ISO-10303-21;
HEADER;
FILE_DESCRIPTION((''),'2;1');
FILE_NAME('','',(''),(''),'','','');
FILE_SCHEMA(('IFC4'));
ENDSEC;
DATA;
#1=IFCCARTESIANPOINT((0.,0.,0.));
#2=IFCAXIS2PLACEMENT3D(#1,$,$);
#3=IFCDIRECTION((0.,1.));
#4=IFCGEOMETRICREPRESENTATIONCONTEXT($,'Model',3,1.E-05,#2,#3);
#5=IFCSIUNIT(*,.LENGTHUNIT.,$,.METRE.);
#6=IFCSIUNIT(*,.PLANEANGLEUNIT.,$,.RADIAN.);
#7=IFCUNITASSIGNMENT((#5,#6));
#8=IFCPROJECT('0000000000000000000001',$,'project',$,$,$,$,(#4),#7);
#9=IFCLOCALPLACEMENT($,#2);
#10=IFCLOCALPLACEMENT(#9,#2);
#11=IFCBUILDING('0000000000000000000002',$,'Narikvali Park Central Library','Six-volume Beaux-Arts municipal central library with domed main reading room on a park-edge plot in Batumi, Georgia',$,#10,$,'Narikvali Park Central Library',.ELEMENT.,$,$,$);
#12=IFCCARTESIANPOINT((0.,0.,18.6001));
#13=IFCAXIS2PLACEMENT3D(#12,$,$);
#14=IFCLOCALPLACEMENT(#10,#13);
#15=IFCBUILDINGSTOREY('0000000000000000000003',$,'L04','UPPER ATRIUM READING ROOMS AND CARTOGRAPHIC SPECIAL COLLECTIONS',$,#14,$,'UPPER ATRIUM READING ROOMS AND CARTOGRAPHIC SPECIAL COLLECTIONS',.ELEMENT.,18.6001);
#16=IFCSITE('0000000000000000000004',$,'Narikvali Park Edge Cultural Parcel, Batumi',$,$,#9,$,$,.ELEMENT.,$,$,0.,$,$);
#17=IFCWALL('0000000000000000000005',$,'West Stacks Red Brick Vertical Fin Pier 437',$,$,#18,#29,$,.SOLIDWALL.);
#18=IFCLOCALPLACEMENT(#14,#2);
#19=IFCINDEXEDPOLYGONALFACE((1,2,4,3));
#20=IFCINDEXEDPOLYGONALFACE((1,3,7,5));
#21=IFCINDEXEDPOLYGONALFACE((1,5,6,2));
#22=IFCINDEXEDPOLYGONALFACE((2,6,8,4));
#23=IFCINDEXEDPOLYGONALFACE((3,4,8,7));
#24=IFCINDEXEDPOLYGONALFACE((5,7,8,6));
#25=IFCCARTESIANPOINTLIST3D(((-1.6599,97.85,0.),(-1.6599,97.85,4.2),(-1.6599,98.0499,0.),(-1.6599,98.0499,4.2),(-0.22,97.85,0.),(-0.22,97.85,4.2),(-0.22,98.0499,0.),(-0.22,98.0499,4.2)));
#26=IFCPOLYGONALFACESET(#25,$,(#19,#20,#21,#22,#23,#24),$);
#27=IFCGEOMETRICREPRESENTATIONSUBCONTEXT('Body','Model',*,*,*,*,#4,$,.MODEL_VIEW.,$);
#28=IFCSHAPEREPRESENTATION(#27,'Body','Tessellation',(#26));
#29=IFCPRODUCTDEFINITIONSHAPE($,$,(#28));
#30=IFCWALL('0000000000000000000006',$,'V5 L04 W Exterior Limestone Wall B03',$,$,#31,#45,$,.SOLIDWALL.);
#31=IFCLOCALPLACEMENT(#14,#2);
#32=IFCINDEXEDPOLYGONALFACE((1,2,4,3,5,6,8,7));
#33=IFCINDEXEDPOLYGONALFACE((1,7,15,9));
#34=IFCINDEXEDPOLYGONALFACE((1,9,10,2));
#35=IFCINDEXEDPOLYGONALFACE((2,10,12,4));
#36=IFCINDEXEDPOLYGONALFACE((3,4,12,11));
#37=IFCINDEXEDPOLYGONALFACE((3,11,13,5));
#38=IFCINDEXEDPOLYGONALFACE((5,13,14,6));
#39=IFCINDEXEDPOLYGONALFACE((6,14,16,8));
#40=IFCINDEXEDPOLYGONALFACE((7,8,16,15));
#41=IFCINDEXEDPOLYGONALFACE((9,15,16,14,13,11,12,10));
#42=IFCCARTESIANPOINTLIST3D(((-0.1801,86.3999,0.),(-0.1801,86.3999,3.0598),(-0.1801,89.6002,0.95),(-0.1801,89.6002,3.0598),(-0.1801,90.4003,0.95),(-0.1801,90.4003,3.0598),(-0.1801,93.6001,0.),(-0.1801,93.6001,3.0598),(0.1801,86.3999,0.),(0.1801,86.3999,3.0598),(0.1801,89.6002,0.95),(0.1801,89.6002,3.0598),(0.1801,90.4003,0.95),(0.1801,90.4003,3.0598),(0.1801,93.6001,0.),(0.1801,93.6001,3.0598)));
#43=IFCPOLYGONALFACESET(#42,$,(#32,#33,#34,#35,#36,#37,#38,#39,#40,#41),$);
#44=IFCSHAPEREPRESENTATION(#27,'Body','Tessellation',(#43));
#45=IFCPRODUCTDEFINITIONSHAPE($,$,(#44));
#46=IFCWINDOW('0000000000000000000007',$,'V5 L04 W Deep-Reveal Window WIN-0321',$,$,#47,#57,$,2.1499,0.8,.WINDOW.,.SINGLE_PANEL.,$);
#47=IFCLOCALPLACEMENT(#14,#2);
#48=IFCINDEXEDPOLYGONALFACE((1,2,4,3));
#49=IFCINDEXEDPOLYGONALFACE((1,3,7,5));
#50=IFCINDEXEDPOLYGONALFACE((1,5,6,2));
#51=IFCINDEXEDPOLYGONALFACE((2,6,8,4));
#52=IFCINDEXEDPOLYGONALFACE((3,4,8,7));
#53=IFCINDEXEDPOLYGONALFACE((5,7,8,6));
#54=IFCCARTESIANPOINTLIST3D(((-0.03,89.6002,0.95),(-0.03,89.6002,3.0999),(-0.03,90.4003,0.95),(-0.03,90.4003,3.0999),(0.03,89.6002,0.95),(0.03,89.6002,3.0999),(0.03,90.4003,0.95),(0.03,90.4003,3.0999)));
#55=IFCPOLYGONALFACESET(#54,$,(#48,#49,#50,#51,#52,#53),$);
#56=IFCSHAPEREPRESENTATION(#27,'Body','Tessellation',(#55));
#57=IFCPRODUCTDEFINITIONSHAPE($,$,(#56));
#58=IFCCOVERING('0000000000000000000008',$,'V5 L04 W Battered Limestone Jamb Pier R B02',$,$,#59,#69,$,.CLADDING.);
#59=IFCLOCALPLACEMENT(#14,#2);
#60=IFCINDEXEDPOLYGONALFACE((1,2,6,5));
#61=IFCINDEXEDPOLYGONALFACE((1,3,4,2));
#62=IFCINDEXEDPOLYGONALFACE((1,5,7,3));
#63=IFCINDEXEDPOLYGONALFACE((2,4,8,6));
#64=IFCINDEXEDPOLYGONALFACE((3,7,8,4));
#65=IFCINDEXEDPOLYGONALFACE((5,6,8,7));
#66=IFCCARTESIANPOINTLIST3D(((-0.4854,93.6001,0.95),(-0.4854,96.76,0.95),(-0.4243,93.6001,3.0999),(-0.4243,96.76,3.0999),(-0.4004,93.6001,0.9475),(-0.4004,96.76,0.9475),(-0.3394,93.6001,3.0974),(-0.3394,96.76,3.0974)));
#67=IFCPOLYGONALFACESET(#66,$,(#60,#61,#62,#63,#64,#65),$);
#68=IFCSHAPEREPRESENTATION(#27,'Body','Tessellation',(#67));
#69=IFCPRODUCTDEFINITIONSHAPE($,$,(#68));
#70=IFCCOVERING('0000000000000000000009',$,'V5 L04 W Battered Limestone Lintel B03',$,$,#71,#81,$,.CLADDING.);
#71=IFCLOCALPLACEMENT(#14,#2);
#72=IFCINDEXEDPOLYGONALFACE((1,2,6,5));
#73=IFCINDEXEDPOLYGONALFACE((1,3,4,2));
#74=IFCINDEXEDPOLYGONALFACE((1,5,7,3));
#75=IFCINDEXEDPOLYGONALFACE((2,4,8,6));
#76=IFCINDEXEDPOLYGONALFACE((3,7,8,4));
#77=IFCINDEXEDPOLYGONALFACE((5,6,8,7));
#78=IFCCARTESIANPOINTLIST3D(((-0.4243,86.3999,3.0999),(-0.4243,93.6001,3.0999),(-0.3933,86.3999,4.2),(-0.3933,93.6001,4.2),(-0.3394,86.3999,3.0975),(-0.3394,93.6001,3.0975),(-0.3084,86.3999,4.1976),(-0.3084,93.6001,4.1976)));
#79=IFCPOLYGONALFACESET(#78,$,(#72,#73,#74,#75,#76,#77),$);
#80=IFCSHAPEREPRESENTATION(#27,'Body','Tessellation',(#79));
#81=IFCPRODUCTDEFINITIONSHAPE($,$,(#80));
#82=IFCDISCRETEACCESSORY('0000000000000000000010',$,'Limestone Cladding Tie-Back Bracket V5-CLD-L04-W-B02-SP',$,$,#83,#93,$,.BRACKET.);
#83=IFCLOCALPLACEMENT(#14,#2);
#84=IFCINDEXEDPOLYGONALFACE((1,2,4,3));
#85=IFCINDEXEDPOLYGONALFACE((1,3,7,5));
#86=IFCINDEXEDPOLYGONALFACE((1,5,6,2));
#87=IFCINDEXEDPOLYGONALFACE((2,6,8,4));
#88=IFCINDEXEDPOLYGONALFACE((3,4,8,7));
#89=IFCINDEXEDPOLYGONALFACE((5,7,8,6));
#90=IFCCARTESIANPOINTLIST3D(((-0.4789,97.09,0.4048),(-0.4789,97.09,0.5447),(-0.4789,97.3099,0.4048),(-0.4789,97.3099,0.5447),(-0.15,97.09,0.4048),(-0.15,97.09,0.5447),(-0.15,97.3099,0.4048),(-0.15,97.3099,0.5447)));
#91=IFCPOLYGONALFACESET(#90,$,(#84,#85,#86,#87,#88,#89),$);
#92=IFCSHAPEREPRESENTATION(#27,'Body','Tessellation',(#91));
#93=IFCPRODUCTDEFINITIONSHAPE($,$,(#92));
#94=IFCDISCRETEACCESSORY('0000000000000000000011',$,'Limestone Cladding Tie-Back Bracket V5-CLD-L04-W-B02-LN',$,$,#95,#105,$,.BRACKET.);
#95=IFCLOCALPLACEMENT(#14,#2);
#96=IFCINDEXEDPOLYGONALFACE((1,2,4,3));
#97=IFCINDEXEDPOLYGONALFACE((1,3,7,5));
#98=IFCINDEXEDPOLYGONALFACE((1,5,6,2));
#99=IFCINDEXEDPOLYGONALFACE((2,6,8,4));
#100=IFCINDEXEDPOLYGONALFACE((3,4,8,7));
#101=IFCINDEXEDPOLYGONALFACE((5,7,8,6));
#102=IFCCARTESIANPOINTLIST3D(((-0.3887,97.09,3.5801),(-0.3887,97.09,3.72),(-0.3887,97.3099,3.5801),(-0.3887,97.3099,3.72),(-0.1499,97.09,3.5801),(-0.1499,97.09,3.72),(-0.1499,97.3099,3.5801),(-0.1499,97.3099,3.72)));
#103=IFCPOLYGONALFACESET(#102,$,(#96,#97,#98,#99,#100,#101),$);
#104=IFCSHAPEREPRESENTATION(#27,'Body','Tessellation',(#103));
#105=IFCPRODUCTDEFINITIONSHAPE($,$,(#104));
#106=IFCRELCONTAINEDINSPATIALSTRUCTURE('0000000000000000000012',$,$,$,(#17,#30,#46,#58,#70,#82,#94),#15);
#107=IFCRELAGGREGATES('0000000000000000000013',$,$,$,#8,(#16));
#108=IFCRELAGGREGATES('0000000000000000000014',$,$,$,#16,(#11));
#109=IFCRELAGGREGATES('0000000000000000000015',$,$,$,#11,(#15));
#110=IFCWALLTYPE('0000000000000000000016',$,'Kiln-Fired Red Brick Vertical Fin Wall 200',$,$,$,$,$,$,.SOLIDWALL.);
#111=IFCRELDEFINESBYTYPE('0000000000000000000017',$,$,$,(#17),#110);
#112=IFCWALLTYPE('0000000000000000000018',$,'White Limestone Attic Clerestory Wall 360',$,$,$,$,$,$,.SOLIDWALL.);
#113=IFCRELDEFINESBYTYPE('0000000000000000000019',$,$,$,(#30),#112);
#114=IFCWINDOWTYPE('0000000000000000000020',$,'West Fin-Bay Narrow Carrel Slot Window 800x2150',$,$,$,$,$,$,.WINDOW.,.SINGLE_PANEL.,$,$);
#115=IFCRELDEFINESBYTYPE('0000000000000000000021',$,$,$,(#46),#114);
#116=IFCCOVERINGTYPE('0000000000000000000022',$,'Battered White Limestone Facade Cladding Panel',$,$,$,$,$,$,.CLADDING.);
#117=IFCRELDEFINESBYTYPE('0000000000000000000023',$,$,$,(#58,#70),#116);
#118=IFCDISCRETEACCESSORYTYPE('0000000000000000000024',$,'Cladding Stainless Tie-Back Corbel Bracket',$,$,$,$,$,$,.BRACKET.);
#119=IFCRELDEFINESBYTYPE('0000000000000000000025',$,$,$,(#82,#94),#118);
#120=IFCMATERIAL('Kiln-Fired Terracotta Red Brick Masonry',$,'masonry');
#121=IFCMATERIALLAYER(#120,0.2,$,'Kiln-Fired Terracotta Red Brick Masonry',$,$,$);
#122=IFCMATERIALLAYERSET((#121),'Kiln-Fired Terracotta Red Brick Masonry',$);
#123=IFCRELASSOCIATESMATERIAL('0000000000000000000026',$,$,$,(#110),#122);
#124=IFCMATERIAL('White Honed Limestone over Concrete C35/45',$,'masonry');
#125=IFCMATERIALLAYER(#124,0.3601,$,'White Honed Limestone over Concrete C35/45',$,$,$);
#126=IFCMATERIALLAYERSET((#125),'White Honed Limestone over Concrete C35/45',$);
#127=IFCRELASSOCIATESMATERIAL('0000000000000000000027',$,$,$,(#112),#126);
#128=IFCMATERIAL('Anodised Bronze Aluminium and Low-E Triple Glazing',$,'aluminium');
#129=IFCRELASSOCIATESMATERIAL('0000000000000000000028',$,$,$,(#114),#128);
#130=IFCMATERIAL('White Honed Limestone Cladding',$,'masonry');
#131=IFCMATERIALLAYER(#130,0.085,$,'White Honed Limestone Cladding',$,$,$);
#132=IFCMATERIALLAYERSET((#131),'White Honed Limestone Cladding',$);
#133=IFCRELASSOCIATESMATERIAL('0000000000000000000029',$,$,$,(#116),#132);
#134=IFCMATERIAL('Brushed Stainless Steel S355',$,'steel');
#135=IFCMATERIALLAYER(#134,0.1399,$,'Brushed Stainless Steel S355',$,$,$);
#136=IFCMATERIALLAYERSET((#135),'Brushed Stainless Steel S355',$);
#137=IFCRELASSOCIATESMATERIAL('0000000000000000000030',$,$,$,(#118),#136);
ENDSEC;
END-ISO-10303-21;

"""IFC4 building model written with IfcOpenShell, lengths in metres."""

from ifc_helpers import new_model, si_unit, direction, frame, frame_2d, origin, origin_2d, place, context, subcontext, project, spatial, polyline, rectangle, outline, extrude, material, layer, layer_set, type_object, element, fill, save


model = new_model("IFC4")

# Units and contexts
model_context = context("Model", 3, precision=1e-05, world=origin(), true_north=direction((0.0, 1.0)))
body_context = subcontext(model_context, "Body", "Model", "MODEL_VIEW")
ifc_project = project(units=[si_unit("LENGTHUNIT", "METRE"), si_unit("PLANEANGLEUNIT", "RADIAN")], contexts=[model_context])

# Site, building, storey
site_placement = place(None, origin())
site = spatial("IfcSite", under=ifc_project, at=site_placement, Name="Narikvali Park Edge Cultural Parcel, Batumi", CompositionType="ELEMENT", RefElevation=0.0)
building_placement = place(site_placement, origin())
building = spatial("IfcBuilding", under=site, at=building_placement, Name="Narikvali Park Central Library", Description="Six-volume Beaux-Arts municipal central library with domed main reading room on a park-edge plot in Batumi, Georgia", LongName="Narikvali Park Central Library", CompositionType="ELEMENT")
storey_placement = place(building_placement, frame((0.0, 0.0, 18.6001)))
storey = spatial("IfcBuildingStorey", under=building, at=storey_placement, Name="L04", Description="UPPER ATRIUM READING ROOMS AND CARTOGRAPHIC SPECIAL COLLECTIONS", LongName="UPPER ATRIUM READING ROOMS AND CARTOGRAPHIC SPECIAL COLLECTIONS", CompositionType="ELEMENT", Elevation=18.6001)

# Wall
ifc_material_1 = material(Name="Kiln-Fired Terracotta Red Brick Masonry", Category="masonry")
ifc_layer_1 = layer(ifc_material_1, 0.2, Name="Kiln-Fired Terracotta Red Brick Masonry")
ifc_layer_set_1 = layer_set([ifc_layer_1], Name="Kiln-Fired Terracotta Red Brick Masonry")
wall_type_1 = type_object("IfcWallType", Name="Kiln-Fired Red Brick Vertical Fin Wall 200", PredefinedType="SOLIDWALL", material=ifc_layer_set_1)
for number, where, z_axis, x_axis, name in (
    (1, (-1.6599, 97.95, 0.0), (0.0, 0.0, 1.0), (1.0, 0.0, 0.0), "West Stacks Red Brick Vertical Fin Pier 437"),
):
    element("IfcWall", number, at=place(storey_placement, frame(where, z_axis=z_axis, x_axis=x_axis)), inside=storey, type_object=wall_type_1, Name=name, PredefinedType="SOLIDWALL", context=body_context, shape_type="SweptSolid", body=[
        extrude(rectangle(XDim=1.4399, YDim=0.2, at=frame_2d((0.72, 0.0))), origin(), (0.0, 0.0, 1.0), 4.2),
    ])

# Wall, opening, window
ifc_material_2 = material(Name="White Honed Limestone over Concrete C35/45", Category="masonry")
ifc_layer_2 = layer(ifc_material_2, 0.3601, Name="White Honed Limestone over Concrete C35/45")
ifc_layer_set_2 = layer_set([ifc_layer_2], Name="White Honed Limestone over Concrete C35/45")
wall_type_2 = type_object("IfcWallType", Name="White Limestone Attic Clerestory Wall 360", PredefinedType="SOLIDWALL", material=ifc_layer_set_2)
wall_1_placement = place(storey_placement, frame((0.0, 93.6001, 0.0), z_axis=(0.0, 0.0, 1.0), x_axis=(0.0, -1.0, 0.0)))
wall_1 = element("IfcWall", 2, at=wall_1_placement, inside=storey, type_object=wall_type_2, Name="V5 L04 W Exterior Limestone Wall B03", PredefinedType="SOLIDWALL", context=body_context, shape_type="SweptSolid", body=[
    extrude(rectangle(XDim=7.2002, YDim=0.3601, at=frame_2d((3.6001, 0.0))), origin(), (0.0, 0.0, 1.0), 3.0598),
])
opening_placement = place(wall_1_placement, frame((3.2, 0.0, 0.95)))
opening = element("IfcOpeningElement", 3, at=opening_placement, cuts=wall_1, PredefinedType="OPENING", context=body_context, shape_type="SweptSolid", body=[
    extrude(rectangle(XDim=0.8, YDim=2.1499, at=frame_2d((0.3999, 1.075))), frame((0.0, 0.1919, 0.0), z_axis=(0.0, -1.0, 0.0), x_axis=(1.0, 0.0, 0.0)), (0.0, 0.0, 1.0), 0.384),
])
ifc_material_3 = material(Name="Anodised Bronze Aluminium and Low-E Triple Glazing", Category="aluminium")
window_type = type_object("IfcWindowType", Name="West Fin-Bay Narrow Carrel Slot Window 800x2150", PartitioningType="SINGLE_PANEL", PredefinedType="WINDOW", material=ifc_material_3)
window_placement = place(opening_placement, origin())
window = element("IfcWindow", 4, at=window_placement, inside=storey, type_object=window_type, Name="V5 L04 W Deep-Reveal Window WIN-0321", OverallHeight=2.1499, OverallWidth=0.8, PartitioningType="SINGLE_PANEL", PredefinedType="WINDOW", context=body_context, shape_type="SweptSolid", body=[
    extrude(rectangle(XDim=0.8, YDim=2.1499, at=frame_2d((0.3999, 1.075))), frame((0.0, 0.03, 0.0), z_axis=(0.0, -1.0, 0.0), x_axis=(1.0, 0.0, 0.0)), (0.0, 0.0, 1.0), 0.0601),
])
fill(opening, window)

# Coverings
ifc_material_4 = material(Name="White Honed Limestone Cladding", Category="masonry")
ifc_layer_3 = layer(ifc_material_4, 0.085, Name="White Honed Limestone Cladding")
ifc_layer_set_3 = layer_set([ifc_layer_3], Name="White Honed Limestone Cladding")
covering_type = type_object("IfcCoveringType", Name="Battered White Limestone Facade Cladding Panel", PredefinedType="CLADDING", material=ifc_layer_set_3)
covering_1_placement = place(storey_placement, frame((-0.4854, 96.76, 0.95), z_axis=(-0.999597, 0.0, 0.028378), x_axis=(0.0, -1.0, 0.0)))
element("IfcCovering", 5, at=covering_1_placement, inside=storey, type_object=covering_type, Name="V5 L04 W Battered Limestone Jamb Pier R B02", PredefinedType="CLADDING", context=body_context, shape_type="SweptSolid", body=[
    extrude(outline(polyline([(0.0, 0.0), (3.1599, 0.0), (3.1599, 2.1508), (0.0, 2.1508), (0.0, 0.0)])), origin(), (0.0, 0.0, -1.0), 0.085),
])
covering_2_placement = place(storey_placement, frame((-0.4243, 93.6001, 3.0999), z_axis=(-0.999603, 0.0, 0.028173), x_axis=(0.0, -1.0, 0.0)))
element("IfcCovering", 6, at=covering_2_placement, inside=storey, type_object=covering_type, Name="V5 L04 W Battered Limestone Lintel B03", PredefinedType="CLADDING", context=body_context, shape_type="SweptSolid", body=[
    extrude(outline(polyline([(0.0, 0.0), (7.2002, 0.0), (7.2002, 1.1005), (0.0, 1.1005), (0.0, 0.0)])), origin(), (0.0, 0.0, -1.0), 0.085),
])

# Discrete accessories
ifc_material_5 = material(Name="Brushed Stainless Steel S355", Category="steel")
ifc_layer_4 = layer(ifc_material_5, 0.1399, Name="Brushed Stainless Steel S355")
ifc_layer_set_4 = layer_set([ifc_layer_4], Name="Brushed Stainless Steel S355")
discrete_accessory_type = type_object("IfcDiscreteAccessoryType", Name="Cladding Stainless Tie-Back Corbel Bracket", PredefinedType="BRACKET", material=ifc_layer_set_4)
discrete_accessory_1_placement = place(storey_placement, frame((-0.3145, 97.2, 0.4048), z_axis=(0.0, 0.0, 1.0), x_axis=(1.0, 0.0, 0.0)))
element("IfcDiscreteAccessory", 7, at=discrete_accessory_1_placement, inside=storey, type_object=discrete_accessory_type, Name="Limestone Cladding Tie-Back Bracket V5-CLD-L04-W-B02-SP", PredefinedType="BRACKET", context=body_context, shape_type="SweptSolid", body=[
    extrude(rectangle(XDim=0.3289, YDim=0.22, at=origin_2d()), origin(), (0.0, 0.0, 1.0), 0.1399),
])
discrete_accessory_2_placement = place(storey_placement, frame((-0.2693, 97.2, 3.5801), z_axis=(0.0, 0.0, 1.0), x_axis=(1.0, 0.0, 0.0)))
element("IfcDiscreteAccessory", 8, at=discrete_accessory_2_placement, inside=storey, type_object=discrete_accessory_type, Name="Limestone Cladding Tie-Back Bracket V5-CLD-L04-W-B02-LN", PredefinedType="BRACKET", context=body_context, shape_type="SweptSolid", body=[
    extrude(rectangle(XDim=0.2388, YDim=0.22, at=origin_2d()), origin(), (0.0, 0.0, 1.0), 0.1399),
])

save(model, "model.ifc")
